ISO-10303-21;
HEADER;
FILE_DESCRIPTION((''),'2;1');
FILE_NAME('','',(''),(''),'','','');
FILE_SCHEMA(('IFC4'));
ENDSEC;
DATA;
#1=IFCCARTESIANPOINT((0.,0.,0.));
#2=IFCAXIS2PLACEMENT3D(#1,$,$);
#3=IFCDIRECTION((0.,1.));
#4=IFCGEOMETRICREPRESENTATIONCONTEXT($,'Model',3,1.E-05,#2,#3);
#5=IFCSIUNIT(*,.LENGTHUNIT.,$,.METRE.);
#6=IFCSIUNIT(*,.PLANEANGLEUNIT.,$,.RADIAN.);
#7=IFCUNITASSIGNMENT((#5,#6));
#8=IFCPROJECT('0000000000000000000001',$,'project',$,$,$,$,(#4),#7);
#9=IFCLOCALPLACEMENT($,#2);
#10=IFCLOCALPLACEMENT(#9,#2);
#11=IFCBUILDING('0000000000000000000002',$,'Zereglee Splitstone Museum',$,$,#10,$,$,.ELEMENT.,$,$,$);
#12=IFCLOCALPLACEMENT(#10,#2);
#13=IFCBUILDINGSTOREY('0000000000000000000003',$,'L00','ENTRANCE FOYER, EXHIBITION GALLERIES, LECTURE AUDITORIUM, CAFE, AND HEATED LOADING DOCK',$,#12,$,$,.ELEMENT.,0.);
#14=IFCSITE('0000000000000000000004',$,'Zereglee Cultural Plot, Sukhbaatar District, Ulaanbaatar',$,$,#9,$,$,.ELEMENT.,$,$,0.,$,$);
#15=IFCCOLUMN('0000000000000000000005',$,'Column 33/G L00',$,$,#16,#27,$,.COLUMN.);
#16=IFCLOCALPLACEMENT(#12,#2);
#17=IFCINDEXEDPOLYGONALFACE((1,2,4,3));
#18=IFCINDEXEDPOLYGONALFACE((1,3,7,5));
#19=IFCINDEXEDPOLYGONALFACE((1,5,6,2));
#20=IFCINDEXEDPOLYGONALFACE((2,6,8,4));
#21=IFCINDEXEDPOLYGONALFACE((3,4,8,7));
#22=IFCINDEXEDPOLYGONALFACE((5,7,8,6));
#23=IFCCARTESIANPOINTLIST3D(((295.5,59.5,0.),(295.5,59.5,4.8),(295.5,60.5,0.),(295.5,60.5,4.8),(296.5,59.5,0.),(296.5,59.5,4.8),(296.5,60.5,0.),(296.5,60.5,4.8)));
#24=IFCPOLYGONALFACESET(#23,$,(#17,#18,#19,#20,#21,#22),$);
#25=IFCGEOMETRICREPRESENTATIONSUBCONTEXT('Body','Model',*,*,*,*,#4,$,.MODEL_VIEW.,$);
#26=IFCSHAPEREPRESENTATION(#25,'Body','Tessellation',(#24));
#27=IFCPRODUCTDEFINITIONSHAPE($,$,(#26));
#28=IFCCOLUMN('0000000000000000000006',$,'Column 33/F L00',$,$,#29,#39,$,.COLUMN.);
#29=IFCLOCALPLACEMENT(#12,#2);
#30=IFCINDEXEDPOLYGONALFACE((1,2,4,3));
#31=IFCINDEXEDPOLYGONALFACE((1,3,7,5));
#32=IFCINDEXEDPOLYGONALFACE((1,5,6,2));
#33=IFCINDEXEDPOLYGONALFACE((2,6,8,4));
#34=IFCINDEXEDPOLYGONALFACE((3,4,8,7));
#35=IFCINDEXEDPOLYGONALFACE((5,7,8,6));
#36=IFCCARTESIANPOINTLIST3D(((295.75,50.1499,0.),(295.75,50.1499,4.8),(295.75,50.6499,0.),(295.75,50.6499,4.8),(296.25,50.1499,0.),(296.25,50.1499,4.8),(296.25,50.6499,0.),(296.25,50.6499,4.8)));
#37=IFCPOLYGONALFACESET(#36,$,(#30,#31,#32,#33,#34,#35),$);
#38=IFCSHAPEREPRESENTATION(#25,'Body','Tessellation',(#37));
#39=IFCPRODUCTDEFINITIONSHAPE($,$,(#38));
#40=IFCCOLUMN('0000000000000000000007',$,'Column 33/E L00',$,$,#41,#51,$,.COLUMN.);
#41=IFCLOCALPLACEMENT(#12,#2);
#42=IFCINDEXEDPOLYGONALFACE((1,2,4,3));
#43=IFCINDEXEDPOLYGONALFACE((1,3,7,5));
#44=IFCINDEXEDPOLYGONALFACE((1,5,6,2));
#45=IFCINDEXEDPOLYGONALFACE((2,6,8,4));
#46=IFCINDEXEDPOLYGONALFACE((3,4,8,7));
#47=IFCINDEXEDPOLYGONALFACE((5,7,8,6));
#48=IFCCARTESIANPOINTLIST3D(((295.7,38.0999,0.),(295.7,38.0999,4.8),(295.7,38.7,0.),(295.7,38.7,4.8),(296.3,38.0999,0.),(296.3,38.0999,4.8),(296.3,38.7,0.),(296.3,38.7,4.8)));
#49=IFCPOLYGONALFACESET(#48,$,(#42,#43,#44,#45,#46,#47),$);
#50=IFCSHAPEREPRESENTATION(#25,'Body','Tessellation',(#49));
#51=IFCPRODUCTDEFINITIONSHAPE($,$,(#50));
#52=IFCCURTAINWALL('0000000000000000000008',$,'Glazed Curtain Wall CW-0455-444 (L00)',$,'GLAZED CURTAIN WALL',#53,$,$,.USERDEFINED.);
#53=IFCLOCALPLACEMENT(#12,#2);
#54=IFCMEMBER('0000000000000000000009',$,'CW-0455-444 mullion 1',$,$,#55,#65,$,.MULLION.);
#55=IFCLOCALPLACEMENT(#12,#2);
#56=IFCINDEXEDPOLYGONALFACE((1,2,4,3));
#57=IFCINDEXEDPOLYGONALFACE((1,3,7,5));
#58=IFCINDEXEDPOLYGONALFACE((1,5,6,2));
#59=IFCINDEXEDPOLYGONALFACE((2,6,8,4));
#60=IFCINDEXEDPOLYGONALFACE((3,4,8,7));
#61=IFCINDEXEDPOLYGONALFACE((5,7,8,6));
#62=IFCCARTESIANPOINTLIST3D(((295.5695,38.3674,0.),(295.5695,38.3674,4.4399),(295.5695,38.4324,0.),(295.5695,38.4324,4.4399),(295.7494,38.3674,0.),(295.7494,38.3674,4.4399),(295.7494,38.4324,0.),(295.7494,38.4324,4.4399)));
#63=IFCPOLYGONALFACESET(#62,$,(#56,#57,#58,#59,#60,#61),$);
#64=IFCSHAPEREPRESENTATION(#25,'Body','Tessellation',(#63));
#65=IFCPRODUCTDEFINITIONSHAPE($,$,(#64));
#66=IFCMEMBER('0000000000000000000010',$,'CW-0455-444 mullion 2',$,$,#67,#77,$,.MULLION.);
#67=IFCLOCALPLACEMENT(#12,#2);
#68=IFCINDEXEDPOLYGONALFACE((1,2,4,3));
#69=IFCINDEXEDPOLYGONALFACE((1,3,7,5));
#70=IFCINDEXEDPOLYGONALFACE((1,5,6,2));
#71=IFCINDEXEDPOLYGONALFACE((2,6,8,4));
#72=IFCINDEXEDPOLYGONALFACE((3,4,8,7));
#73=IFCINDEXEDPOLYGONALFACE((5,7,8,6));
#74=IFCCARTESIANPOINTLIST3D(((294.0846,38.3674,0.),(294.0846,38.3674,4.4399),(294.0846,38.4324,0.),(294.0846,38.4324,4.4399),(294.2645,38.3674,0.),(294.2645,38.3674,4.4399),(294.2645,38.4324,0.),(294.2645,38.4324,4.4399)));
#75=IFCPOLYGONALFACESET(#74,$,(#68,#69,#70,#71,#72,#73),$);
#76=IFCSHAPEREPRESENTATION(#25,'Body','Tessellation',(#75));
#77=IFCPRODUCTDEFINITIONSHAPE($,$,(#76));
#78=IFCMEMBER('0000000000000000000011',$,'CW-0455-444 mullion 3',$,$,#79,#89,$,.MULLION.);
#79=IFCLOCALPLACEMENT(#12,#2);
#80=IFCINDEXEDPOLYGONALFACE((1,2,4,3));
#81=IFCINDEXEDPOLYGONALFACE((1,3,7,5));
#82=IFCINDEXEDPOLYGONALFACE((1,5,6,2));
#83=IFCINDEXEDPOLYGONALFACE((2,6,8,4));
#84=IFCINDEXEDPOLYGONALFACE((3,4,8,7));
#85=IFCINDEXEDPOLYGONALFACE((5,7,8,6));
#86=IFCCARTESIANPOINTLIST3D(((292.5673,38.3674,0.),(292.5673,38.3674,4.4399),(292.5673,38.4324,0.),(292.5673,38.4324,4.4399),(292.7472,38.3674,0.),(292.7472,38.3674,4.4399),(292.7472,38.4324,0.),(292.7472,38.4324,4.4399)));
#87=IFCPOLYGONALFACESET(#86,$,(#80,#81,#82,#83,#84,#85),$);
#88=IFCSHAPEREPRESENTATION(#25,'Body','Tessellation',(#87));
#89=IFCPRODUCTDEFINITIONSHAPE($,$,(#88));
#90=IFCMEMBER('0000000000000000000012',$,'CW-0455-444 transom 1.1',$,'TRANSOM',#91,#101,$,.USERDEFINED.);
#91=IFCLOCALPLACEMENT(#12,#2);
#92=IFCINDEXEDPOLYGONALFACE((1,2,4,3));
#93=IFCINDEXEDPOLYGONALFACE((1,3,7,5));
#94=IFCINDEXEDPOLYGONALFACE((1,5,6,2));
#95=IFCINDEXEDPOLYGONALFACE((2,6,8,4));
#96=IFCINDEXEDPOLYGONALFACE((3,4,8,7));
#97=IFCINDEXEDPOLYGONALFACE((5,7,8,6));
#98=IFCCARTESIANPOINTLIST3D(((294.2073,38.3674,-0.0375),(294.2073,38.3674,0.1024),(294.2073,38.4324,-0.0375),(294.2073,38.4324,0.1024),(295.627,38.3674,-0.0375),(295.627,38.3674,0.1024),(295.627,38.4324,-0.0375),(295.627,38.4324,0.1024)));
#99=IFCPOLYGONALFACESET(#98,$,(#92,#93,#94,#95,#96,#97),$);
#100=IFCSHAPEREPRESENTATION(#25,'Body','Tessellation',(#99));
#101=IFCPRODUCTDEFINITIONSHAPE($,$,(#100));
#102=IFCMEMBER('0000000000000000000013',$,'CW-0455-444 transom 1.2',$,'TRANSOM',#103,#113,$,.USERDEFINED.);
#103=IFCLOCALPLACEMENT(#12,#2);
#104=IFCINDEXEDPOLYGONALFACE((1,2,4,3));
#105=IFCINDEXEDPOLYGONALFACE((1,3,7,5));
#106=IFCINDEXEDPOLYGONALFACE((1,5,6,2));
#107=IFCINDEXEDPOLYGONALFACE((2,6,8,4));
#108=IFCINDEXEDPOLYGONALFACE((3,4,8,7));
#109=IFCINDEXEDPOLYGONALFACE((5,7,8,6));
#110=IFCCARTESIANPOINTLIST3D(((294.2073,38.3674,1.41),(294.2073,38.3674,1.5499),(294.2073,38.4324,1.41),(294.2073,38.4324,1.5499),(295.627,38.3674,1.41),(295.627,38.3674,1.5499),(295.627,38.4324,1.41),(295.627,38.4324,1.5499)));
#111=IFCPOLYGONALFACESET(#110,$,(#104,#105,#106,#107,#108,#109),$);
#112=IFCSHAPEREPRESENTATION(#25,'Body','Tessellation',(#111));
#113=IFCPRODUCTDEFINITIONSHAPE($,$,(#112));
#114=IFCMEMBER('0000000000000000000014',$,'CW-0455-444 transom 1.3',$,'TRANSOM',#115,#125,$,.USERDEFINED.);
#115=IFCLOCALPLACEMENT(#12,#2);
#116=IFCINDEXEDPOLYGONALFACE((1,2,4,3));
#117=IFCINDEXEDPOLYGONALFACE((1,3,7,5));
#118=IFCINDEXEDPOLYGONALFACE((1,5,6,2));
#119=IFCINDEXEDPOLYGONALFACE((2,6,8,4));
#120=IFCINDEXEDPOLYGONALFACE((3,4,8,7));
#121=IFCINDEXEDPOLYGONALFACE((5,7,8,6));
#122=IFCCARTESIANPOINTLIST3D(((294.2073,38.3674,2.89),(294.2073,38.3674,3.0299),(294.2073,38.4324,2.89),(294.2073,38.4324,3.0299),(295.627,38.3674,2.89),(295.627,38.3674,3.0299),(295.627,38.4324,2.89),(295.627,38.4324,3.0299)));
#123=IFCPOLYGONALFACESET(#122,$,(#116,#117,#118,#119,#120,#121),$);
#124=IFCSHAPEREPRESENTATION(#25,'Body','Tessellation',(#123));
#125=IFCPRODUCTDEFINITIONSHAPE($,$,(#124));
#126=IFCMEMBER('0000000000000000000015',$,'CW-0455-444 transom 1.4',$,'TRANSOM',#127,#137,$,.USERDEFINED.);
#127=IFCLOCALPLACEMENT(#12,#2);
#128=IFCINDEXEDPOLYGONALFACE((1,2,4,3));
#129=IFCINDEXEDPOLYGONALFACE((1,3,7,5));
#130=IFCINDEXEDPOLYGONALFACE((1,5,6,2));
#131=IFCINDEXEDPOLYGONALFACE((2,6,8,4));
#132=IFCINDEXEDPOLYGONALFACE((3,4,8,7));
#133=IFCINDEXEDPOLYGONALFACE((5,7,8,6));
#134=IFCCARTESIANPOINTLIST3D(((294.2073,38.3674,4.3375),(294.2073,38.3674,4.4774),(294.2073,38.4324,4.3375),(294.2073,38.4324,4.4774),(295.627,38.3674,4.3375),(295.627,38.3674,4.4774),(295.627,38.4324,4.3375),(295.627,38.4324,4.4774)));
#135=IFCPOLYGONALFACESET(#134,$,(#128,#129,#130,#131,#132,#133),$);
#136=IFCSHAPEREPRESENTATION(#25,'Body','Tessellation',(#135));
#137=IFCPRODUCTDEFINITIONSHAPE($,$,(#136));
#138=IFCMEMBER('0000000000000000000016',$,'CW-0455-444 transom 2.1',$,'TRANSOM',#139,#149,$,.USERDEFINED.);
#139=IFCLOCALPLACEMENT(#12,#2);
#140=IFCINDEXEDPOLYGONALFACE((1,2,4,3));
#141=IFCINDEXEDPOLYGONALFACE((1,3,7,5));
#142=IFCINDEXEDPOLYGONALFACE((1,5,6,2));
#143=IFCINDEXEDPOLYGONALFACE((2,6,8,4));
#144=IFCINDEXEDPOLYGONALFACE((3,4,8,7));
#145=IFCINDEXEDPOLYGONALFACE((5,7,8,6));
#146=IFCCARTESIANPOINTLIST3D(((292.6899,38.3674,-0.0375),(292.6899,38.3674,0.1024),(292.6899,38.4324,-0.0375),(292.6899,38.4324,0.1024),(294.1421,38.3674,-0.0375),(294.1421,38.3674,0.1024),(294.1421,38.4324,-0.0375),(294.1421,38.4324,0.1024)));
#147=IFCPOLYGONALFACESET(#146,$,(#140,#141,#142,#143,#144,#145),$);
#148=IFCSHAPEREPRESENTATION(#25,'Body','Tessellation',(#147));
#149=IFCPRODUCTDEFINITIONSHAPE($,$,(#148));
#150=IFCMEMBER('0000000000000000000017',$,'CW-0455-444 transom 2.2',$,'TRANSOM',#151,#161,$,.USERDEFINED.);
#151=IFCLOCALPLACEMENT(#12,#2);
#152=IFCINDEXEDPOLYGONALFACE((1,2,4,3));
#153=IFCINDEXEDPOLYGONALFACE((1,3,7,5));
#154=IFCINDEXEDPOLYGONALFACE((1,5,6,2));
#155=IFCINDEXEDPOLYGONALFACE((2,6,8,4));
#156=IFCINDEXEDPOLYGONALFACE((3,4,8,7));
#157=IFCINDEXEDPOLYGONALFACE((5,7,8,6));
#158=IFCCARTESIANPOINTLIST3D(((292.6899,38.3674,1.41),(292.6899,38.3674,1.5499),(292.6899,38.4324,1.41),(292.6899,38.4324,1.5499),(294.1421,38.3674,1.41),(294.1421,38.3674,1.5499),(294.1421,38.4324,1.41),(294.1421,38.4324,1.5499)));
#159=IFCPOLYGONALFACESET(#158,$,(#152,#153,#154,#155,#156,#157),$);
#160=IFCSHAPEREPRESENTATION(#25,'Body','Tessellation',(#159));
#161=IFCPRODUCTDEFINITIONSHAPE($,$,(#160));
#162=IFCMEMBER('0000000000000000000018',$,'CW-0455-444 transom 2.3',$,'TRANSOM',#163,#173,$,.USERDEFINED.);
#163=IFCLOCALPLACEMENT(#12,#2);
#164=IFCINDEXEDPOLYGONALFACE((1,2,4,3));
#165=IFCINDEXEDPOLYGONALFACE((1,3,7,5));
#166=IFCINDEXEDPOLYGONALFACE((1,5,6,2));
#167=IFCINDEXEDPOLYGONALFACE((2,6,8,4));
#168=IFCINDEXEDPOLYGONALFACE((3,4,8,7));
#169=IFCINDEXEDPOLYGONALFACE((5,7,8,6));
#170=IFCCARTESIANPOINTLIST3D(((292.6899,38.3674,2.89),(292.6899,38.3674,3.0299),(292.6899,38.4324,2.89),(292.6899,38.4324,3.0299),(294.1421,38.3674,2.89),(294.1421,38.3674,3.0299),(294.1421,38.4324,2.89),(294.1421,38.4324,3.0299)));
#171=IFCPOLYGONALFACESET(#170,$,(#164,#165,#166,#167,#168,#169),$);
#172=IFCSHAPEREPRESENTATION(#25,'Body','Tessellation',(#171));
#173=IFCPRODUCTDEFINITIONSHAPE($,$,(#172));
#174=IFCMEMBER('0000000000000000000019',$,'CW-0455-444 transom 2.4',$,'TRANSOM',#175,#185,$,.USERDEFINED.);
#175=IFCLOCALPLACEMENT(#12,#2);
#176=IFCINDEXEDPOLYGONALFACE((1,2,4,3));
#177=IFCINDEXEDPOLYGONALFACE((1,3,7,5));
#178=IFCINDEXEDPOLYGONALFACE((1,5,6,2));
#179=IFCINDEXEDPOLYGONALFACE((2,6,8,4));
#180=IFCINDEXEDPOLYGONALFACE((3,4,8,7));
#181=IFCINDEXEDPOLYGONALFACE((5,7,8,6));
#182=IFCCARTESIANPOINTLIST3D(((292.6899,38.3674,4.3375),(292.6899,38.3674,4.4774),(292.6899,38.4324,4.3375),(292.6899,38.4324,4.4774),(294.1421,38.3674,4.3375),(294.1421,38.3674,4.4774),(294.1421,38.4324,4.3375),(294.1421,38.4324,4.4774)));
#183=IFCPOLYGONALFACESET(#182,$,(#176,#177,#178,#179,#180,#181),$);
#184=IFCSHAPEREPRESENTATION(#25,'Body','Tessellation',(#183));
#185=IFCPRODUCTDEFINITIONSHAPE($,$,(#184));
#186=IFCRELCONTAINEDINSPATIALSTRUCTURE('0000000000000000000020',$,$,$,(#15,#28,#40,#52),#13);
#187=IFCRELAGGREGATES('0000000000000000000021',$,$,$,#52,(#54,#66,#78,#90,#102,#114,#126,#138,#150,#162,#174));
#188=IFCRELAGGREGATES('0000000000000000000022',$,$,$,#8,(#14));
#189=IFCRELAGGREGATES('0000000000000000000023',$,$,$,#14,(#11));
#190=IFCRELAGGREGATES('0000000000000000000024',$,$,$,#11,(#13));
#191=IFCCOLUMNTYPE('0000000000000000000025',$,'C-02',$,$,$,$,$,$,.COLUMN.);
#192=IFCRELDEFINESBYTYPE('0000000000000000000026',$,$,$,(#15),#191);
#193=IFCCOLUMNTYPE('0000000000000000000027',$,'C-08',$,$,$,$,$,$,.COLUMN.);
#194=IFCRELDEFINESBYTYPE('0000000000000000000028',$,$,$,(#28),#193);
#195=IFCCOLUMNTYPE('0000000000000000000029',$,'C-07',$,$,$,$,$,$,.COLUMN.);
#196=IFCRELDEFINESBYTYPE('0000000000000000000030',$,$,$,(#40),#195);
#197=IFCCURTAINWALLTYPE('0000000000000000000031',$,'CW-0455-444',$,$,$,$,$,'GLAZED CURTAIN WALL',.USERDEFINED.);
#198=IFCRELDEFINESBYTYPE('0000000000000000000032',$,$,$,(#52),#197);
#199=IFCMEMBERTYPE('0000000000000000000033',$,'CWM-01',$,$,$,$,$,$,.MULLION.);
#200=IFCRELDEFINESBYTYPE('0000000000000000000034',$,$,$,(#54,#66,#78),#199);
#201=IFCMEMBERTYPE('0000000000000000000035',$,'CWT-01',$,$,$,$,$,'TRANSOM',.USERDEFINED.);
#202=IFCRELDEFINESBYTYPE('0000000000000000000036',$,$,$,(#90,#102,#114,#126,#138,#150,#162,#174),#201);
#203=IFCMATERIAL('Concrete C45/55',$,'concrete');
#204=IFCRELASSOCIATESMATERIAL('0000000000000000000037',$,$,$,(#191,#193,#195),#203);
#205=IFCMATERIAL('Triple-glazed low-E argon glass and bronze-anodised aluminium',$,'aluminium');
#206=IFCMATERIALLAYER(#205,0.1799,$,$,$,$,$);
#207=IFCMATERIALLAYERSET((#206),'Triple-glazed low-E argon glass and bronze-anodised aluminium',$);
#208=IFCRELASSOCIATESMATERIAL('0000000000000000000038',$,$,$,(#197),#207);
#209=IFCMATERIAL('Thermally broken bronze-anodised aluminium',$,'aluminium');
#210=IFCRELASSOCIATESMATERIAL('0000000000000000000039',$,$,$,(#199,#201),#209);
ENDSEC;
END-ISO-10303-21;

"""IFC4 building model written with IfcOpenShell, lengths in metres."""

from ifc_helpers import new_model, si_unit, direction, frame, origin, origin_2d, place, context, subcontext, project, spatial, rectangle, extrude, material, layer, layer_set, material_profile, profile_set, type_object, element, aggregate, save


model = new_model("IFC4")

# Units and contexts
model_context = context("Model", 3, precision=1e-05, world=origin(), true_north=direction((0.0, 1.0)))
body_context = subcontext(model_context, "Body", "Model", "MODEL_VIEW")
ifc_project = project(units=[si_unit("LENGTHUNIT", "METRE"), si_unit("PLANEANGLEUNIT", "RADIAN")], contexts=[model_context])

# Site, building, storey
site_placement = place(None, origin())
site = spatial("IfcSite", under=ifc_project, at=site_placement, Name="Zereglee Cultural Plot, Sukhbaatar District, Ulaanbaatar", CompositionType="ELEMENT", RefElevation=0.0)
building_placement = place(site_placement, origin())
building = spatial("IfcBuilding", under=site, at=building_placement, Name="Zereglee Splitstone Museum", CompositionType="ELEMENT")
storey_placement = place(building_placement, origin())
storey = spatial("IfcBuildingStorey", under=building, at=storey_placement, Name="L00", Description="ENTRANCE FOYER, EXHIBITION GALLERIES, LECTURE AUDITORIUM, CAFE, AND HEATED LOADING DOCK", CompositionType="ELEMENT", Elevation=0.0)

# Columns
ifc_material_1 = material(Name="Concrete C45/55", Category="concrete")
ifc_material_profile_1 = material_profile(ifc_material_1, rectangle(XDim=1.0, YDim=1.0, at=origin_2d()), Name="RC 1000x1000")
ifc_profile_set_1 = profile_set([ifc_material_profile_1], Name="Concrete C45/55")
column_type_1 = type_object("IfcColumnType", Name="C-02", PredefinedType="COLUMN", material=ifc_profile_set_1)
column_1_placement = place(storey_placement, frame((296.0, 60.0, 0.0), z_axis=(0.0, 0.0, 1.0), x_axis=(1.0, 0.0, 0.0)))
element("IfcColumn", 1, at=column_1_placement, inside=storey, type_object=column_type_1, Name="Column 33/G L00", PredefinedType="COLUMN", context=body_context, shape_type="SweptSolid", body=[
    extrude(rectangle(XDim=1.0, YDim=1.0, at=origin_2d()), origin(), (0.0, 0.0, 1.0), 4.8),
])
ifc_material_profile_2 = material_profile(ifc_material_1, rectangle(XDim=0.5, YDim=0.5, at=origin_2d()), Name="RC 500x500")
ifc_profile_set_2 = profile_set([ifc_material_profile_2], Name="Concrete C45/55")
column_type_2 = type_object("IfcColumnType", Name="C-08", PredefinedType="COLUMN", material=ifc_profile_set_2)
column_2_placement = place(storey_placement, frame((296.0, 50.3999, 0.0), z_axis=(0.0, 0.0, 1.0), x_axis=(1.0, 0.0, 0.0)))
element("IfcColumn", 2, at=column_2_placement, inside=storey, type_object=column_type_2, Name="Column 33/F L00", PredefinedType="COLUMN", context=body_context, shape_type="SweptSolid", body=[
    extrude(rectangle(XDim=0.5, YDim=0.5, at=origin_2d()), origin(), (0.0, 0.0, 1.0), 4.8),
])
ifc_material_profile_3 = material_profile(ifc_material_1, rectangle(XDim=0.6001, YDim=0.6001, at=origin_2d()), Name="RC 600x600")
ifc_profile_set_3 = profile_set([ifc_material_profile_3], Name="Concrete C45/55")
column_type_3 = type_object("IfcColumnType", Name="C-07", PredefinedType="COLUMN", material=ifc_profile_set_3)
column_3_placement = place(storey_placement, frame((296.0, 38.3999, 0.0), z_axis=(0.0, 0.0, 1.0), x_axis=(1.0, 0.0, 0.0)))
element("IfcColumn", 3, at=column_3_placement, inside=storey, type_object=column_type_3, Name="Column 33/E L00", PredefinedType="COLUMN", context=body_context, shape_type="SweptSolid", body=[
    extrude(rectangle(XDim=0.6001, YDim=0.6001, at=origin_2d()), origin(), (0.0, 0.0, 1.0), 4.8),
])

# Curtain wall, members
ifc_material_2 = material(Name="Triple-glazed low-E argon glass and bronze-anodised aluminium", Category="aluminium")
ifc_layer_1 = layer(ifc_material_2, 0.1799)
ifc_layer_set_1 = layer_set([ifc_layer_1], Name="Triple-glazed low-E argon glass and bronze-anodised aluminium")
curtain_wall_type = type_object("IfcCurtainWallType", Name="CW-0455-444", ElementType="GLAZED CURTAIN WALL", PredefinedType="USERDEFINED", material=ifc_layer_set_1)
curtain_wall_placement = place(storey_placement, origin())
curtain_wall = element("IfcCurtainWall", 4, at=curtain_wall_placement, inside=storey, type_object=curtain_wall_type, Name="Glazed Curtain Wall CW-0455-444 (L00)", ObjectType="GLAZED CURTAIN WALL", PredefinedType="USERDEFINED")
ifc_material_3 = material(Name="Thermally broken bronze-anodised aluminium", Category="aluminium")
ifc_material_profile_4 = material_profile(ifc_material_3, rectangle(XDim=0.0649, YDim=0.1799, at=origin_2d()), Name="CW MULL 65x180")
ifc_profile_set_4 = profile_set([ifc_material_profile_4], Name="Thermally broken bronze-anodised aluminium")
member_type_1 = type_object("IfcMemberType", Name="CWM-01", PredefinedType="MULLION", material=ifc_profile_set_4)
member_1_placement = place(storey_placement, frame((295.6594, 38.3999, 0.0), z_axis=(0.0, 0.0, 1.0), x_axis=(0.0, -1.0, 0.0)))
member_1 = element("IfcMember", 5, at=member_1_placement, type_object=member_type_1, Name="CW-0455-444 mullion 1", PredefinedType="MULLION", context=body_context, shape_type="SweptSolid", body=[
    extrude(rectangle(XDim=0.0649, YDim=0.1799, at=origin_2d()), origin(), (0.0, 0.0, 1.0), 4.4399),
])
member_2_placement = place(storey_placement, frame((294.1746, 38.3999, 0.0), z_axis=(0.0, 0.0, 1.0), x_axis=(0.0, -1.0, 0.0)))
member_2 = element("IfcMember", 6, at=member_2_placement, type_object=member_type_1, Name="CW-0455-444 mullion 2", PredefinedType="MULLION", context=body_context, shape_type="SweptSolid", body=[
    extrude(rectangle(XDim=0.0649, YDim=0.1799, at=origin_2d()), origin(), (0.0, 0.0, 1.0), 4.4399),
])
member_3_placement = place(storey_placement, frame((292.6572, 38.3999, 0.0), z_axis=(0.0, 0.0, 1.0), x_axis=(0.0, -1.0, 0.0)))
member_3 = element("IfcMember", 7, at=member_3_placement, type_object=member_type_1, Name="CW-0455-444 mullion 3", PredefinedType="MULLION", context=body_context, shape_type="SweptSolid", body=[
    extrude(rectangle(XDim=0.0649, YDim=0.1799, at=origin_2d()), origin(), (0.0, 0.0, 1.0), 4.4399),
])
ifc_material_profile_5 = material_profile(ifc_material_3, rectangle(XDim=0.0649, YDim=0.1399, at=origin_2d()), Name="CW TRAN 65x140")
ifc_profile_set_5 = profile_set([ifc_material_profile_5], Name="Thermally broken bronze-anodised aluminium")
member_type_2 = type_object("IfcMemberType", Name="CWT-01", ElementType="TRANSOM", PredefinedType="USERDEFINED", material=ifc_profile_set_5)
member_4_placement = place(storey_placement, frame((295.627, 38.3999, 0.0325), z_axis=(-1.0, 0.0, 0.0), x_axis=(0.0, -1.0, 0.0)))
member_4 = element("IfcMember", 8, at=member_4_placement, type_object=member_type_2, Name="CW-0455-444 transom 1.1", ObjectType="TRANSOM", PredefinedType="USERDEFINED", context=body_context, shape_type="SweptSolid", body=[
    extrude(rectangle(XDim=0.0649, YDim=0.1399, at=origin_2d()), origin(), (0.0, 0.0, 1.0), 1.4197),
])
member_5_placement = place(storey_placement, frame((295.627, 38.3999, 1.48), z_axis=(-1.0, 0.0, 0.0), x_axis=(0.0, -1.0, 0.0)))
member_5 = element("IfcMember", 9, at=member_5_placement, type_object=member_type_2, Name="CW-0455-444 transom 1.2", ObjectType="TRANSOM", PredefinedType="USERDEFINED", context=body_context, shape_type="SweptSolid", body=[
    extrude(rectangle(XDim=0.0649, YDim=0.1399, at=origin_2d()), origin(), (0.0, 0.0, 1.0), 1.4197),
])
member_6_placement = place(storey_placement, frame((295.627, 38.3999, 2.96), z_axis=(-1.0, 0.0, 0.0), x_axis=(0.0, -1.0, 0.0)))
member_6 = element("IfcMember", 10, at=member_6_placement, type_object=member_type_2, Name="CW-0455-444 transom 1.3", ObjectType="TRANSOM", PredefinedType="USERDEFINED", context=body_context, shape_type="SweptSolid", body=[
    extrude(rectangle(XDim=0.0649, YDim=0.1399, at=origin_2d()), origin(), (0.0, 0.0, 1.0), 1.4197),
])
member_7_placement = place(storey_placement, frame((295.627, 38.3999, 4.4075), z_axis=(-1.0, 0.0, 0.0), x_axis=(0.0, -1.0, 0.0)))
member_7 = element("IfcMember", 11, at=member_7_placement, type_object=member_type_2, Name="CW-0455-444 transom 1.4", ObjectType="TRANSOM", PredefinedType="USERDEFINED", context=body_context, shape_type="SweptSolid", body=[
    extrude(rectangle(XDim=0.0649, YDim=0.1399, at=origin_2d()), origin(), (0.0, 0.0, 1.0), 1.4197),
])
member_8_placement = place(storey_placement, frame((294.1421, 38.3999, 0.0325), z_axis=(-1.0, 0.0, 0.0), x_axis=(0.0, -1.0, 0.0)))
member_8 = element("IfcMember", 12, at=member_8_placement, type_object=member_type_2, Name="CW-0455-444 transom 2.1", ObjectType="TRANSOM", PredefinedType="USERDEFINED", context=body_context, shape_type="SweptSolid", body=[
    extrude(rectangle(XDim=0.0649, YDim=0.1399, at=origin_2d()), origin(), (0.0, 0.0, 1.0), 1.4521),
])
member_9_placement = place(storey_placement, frame((294.1421, 38.3999, 1.48), z_axis=(-1.0, 0.0, 0.0), x_axis=(0.0, -1.0, 0.0)))
member_9 = element("IfcMember", 13, at=member_9_placement, type_object=member_type_2, Name="CW-0455-444 transom 2.2", ObjectType="TRANSOM", PredefinedType="USERDEFINED", context=body_context, shape_type="SweptSolid", body=[
    extrude(rectangle(XDim=0.0649, YDim=0.1399, at=origin_2d()), origin(), (0.0, 0.0, 1.0), 1.4521),
])
member_10_placement = place(storey_placement, frame((294.1421, 38.3999, 2.96), z_axis=(-1.0, 0.0, 0.0), x_axis=(0.0, -1.0, 0.0)))
member_10 = element("IfcMember", 14, at=member_10_placement, type_object=member_type_2, Name="CW-0455-444 transom 2.3", ObjectType="TRANSOM", PredefinedType="USERDEFINED", context=body_context, shape_type="SweptSolid", body=[
    extrude(rectangle(XDim=0.0649, YDim=0.1399, at=origin_2d()), origin(), (0.0, 0.0, 1.0), 1.4521),
])
member_11_placement = place(storey_placement, frame((294.1421, 38.3999, 4.4075), z_axis=(-1.0, 0.0, 0.0), x_axis=(0.0, -1.0, 0.0)))
member_11 = element("IfcMember", 15, at=member_11_placement, type_object=member_type_2, Name="CW-0455-444 transom 2.4", ObjectType="TRANSOM", PredefinedType="USERDEFINED", context=body_context, shape_type="SweptSolid", body=[
    extrude(rectangle(XDim=0.0649, YDim=0.1399, at=origin_2d()), origin(), (0.0, 0.0, 1.0), 1.4521),
])

aggregate(curtain_wall, [member_1, member_2, member_3, member_4, member_5, member_6, member_7, member_8, member_9, member_10, member_11])

save(model, "model.ifc")
